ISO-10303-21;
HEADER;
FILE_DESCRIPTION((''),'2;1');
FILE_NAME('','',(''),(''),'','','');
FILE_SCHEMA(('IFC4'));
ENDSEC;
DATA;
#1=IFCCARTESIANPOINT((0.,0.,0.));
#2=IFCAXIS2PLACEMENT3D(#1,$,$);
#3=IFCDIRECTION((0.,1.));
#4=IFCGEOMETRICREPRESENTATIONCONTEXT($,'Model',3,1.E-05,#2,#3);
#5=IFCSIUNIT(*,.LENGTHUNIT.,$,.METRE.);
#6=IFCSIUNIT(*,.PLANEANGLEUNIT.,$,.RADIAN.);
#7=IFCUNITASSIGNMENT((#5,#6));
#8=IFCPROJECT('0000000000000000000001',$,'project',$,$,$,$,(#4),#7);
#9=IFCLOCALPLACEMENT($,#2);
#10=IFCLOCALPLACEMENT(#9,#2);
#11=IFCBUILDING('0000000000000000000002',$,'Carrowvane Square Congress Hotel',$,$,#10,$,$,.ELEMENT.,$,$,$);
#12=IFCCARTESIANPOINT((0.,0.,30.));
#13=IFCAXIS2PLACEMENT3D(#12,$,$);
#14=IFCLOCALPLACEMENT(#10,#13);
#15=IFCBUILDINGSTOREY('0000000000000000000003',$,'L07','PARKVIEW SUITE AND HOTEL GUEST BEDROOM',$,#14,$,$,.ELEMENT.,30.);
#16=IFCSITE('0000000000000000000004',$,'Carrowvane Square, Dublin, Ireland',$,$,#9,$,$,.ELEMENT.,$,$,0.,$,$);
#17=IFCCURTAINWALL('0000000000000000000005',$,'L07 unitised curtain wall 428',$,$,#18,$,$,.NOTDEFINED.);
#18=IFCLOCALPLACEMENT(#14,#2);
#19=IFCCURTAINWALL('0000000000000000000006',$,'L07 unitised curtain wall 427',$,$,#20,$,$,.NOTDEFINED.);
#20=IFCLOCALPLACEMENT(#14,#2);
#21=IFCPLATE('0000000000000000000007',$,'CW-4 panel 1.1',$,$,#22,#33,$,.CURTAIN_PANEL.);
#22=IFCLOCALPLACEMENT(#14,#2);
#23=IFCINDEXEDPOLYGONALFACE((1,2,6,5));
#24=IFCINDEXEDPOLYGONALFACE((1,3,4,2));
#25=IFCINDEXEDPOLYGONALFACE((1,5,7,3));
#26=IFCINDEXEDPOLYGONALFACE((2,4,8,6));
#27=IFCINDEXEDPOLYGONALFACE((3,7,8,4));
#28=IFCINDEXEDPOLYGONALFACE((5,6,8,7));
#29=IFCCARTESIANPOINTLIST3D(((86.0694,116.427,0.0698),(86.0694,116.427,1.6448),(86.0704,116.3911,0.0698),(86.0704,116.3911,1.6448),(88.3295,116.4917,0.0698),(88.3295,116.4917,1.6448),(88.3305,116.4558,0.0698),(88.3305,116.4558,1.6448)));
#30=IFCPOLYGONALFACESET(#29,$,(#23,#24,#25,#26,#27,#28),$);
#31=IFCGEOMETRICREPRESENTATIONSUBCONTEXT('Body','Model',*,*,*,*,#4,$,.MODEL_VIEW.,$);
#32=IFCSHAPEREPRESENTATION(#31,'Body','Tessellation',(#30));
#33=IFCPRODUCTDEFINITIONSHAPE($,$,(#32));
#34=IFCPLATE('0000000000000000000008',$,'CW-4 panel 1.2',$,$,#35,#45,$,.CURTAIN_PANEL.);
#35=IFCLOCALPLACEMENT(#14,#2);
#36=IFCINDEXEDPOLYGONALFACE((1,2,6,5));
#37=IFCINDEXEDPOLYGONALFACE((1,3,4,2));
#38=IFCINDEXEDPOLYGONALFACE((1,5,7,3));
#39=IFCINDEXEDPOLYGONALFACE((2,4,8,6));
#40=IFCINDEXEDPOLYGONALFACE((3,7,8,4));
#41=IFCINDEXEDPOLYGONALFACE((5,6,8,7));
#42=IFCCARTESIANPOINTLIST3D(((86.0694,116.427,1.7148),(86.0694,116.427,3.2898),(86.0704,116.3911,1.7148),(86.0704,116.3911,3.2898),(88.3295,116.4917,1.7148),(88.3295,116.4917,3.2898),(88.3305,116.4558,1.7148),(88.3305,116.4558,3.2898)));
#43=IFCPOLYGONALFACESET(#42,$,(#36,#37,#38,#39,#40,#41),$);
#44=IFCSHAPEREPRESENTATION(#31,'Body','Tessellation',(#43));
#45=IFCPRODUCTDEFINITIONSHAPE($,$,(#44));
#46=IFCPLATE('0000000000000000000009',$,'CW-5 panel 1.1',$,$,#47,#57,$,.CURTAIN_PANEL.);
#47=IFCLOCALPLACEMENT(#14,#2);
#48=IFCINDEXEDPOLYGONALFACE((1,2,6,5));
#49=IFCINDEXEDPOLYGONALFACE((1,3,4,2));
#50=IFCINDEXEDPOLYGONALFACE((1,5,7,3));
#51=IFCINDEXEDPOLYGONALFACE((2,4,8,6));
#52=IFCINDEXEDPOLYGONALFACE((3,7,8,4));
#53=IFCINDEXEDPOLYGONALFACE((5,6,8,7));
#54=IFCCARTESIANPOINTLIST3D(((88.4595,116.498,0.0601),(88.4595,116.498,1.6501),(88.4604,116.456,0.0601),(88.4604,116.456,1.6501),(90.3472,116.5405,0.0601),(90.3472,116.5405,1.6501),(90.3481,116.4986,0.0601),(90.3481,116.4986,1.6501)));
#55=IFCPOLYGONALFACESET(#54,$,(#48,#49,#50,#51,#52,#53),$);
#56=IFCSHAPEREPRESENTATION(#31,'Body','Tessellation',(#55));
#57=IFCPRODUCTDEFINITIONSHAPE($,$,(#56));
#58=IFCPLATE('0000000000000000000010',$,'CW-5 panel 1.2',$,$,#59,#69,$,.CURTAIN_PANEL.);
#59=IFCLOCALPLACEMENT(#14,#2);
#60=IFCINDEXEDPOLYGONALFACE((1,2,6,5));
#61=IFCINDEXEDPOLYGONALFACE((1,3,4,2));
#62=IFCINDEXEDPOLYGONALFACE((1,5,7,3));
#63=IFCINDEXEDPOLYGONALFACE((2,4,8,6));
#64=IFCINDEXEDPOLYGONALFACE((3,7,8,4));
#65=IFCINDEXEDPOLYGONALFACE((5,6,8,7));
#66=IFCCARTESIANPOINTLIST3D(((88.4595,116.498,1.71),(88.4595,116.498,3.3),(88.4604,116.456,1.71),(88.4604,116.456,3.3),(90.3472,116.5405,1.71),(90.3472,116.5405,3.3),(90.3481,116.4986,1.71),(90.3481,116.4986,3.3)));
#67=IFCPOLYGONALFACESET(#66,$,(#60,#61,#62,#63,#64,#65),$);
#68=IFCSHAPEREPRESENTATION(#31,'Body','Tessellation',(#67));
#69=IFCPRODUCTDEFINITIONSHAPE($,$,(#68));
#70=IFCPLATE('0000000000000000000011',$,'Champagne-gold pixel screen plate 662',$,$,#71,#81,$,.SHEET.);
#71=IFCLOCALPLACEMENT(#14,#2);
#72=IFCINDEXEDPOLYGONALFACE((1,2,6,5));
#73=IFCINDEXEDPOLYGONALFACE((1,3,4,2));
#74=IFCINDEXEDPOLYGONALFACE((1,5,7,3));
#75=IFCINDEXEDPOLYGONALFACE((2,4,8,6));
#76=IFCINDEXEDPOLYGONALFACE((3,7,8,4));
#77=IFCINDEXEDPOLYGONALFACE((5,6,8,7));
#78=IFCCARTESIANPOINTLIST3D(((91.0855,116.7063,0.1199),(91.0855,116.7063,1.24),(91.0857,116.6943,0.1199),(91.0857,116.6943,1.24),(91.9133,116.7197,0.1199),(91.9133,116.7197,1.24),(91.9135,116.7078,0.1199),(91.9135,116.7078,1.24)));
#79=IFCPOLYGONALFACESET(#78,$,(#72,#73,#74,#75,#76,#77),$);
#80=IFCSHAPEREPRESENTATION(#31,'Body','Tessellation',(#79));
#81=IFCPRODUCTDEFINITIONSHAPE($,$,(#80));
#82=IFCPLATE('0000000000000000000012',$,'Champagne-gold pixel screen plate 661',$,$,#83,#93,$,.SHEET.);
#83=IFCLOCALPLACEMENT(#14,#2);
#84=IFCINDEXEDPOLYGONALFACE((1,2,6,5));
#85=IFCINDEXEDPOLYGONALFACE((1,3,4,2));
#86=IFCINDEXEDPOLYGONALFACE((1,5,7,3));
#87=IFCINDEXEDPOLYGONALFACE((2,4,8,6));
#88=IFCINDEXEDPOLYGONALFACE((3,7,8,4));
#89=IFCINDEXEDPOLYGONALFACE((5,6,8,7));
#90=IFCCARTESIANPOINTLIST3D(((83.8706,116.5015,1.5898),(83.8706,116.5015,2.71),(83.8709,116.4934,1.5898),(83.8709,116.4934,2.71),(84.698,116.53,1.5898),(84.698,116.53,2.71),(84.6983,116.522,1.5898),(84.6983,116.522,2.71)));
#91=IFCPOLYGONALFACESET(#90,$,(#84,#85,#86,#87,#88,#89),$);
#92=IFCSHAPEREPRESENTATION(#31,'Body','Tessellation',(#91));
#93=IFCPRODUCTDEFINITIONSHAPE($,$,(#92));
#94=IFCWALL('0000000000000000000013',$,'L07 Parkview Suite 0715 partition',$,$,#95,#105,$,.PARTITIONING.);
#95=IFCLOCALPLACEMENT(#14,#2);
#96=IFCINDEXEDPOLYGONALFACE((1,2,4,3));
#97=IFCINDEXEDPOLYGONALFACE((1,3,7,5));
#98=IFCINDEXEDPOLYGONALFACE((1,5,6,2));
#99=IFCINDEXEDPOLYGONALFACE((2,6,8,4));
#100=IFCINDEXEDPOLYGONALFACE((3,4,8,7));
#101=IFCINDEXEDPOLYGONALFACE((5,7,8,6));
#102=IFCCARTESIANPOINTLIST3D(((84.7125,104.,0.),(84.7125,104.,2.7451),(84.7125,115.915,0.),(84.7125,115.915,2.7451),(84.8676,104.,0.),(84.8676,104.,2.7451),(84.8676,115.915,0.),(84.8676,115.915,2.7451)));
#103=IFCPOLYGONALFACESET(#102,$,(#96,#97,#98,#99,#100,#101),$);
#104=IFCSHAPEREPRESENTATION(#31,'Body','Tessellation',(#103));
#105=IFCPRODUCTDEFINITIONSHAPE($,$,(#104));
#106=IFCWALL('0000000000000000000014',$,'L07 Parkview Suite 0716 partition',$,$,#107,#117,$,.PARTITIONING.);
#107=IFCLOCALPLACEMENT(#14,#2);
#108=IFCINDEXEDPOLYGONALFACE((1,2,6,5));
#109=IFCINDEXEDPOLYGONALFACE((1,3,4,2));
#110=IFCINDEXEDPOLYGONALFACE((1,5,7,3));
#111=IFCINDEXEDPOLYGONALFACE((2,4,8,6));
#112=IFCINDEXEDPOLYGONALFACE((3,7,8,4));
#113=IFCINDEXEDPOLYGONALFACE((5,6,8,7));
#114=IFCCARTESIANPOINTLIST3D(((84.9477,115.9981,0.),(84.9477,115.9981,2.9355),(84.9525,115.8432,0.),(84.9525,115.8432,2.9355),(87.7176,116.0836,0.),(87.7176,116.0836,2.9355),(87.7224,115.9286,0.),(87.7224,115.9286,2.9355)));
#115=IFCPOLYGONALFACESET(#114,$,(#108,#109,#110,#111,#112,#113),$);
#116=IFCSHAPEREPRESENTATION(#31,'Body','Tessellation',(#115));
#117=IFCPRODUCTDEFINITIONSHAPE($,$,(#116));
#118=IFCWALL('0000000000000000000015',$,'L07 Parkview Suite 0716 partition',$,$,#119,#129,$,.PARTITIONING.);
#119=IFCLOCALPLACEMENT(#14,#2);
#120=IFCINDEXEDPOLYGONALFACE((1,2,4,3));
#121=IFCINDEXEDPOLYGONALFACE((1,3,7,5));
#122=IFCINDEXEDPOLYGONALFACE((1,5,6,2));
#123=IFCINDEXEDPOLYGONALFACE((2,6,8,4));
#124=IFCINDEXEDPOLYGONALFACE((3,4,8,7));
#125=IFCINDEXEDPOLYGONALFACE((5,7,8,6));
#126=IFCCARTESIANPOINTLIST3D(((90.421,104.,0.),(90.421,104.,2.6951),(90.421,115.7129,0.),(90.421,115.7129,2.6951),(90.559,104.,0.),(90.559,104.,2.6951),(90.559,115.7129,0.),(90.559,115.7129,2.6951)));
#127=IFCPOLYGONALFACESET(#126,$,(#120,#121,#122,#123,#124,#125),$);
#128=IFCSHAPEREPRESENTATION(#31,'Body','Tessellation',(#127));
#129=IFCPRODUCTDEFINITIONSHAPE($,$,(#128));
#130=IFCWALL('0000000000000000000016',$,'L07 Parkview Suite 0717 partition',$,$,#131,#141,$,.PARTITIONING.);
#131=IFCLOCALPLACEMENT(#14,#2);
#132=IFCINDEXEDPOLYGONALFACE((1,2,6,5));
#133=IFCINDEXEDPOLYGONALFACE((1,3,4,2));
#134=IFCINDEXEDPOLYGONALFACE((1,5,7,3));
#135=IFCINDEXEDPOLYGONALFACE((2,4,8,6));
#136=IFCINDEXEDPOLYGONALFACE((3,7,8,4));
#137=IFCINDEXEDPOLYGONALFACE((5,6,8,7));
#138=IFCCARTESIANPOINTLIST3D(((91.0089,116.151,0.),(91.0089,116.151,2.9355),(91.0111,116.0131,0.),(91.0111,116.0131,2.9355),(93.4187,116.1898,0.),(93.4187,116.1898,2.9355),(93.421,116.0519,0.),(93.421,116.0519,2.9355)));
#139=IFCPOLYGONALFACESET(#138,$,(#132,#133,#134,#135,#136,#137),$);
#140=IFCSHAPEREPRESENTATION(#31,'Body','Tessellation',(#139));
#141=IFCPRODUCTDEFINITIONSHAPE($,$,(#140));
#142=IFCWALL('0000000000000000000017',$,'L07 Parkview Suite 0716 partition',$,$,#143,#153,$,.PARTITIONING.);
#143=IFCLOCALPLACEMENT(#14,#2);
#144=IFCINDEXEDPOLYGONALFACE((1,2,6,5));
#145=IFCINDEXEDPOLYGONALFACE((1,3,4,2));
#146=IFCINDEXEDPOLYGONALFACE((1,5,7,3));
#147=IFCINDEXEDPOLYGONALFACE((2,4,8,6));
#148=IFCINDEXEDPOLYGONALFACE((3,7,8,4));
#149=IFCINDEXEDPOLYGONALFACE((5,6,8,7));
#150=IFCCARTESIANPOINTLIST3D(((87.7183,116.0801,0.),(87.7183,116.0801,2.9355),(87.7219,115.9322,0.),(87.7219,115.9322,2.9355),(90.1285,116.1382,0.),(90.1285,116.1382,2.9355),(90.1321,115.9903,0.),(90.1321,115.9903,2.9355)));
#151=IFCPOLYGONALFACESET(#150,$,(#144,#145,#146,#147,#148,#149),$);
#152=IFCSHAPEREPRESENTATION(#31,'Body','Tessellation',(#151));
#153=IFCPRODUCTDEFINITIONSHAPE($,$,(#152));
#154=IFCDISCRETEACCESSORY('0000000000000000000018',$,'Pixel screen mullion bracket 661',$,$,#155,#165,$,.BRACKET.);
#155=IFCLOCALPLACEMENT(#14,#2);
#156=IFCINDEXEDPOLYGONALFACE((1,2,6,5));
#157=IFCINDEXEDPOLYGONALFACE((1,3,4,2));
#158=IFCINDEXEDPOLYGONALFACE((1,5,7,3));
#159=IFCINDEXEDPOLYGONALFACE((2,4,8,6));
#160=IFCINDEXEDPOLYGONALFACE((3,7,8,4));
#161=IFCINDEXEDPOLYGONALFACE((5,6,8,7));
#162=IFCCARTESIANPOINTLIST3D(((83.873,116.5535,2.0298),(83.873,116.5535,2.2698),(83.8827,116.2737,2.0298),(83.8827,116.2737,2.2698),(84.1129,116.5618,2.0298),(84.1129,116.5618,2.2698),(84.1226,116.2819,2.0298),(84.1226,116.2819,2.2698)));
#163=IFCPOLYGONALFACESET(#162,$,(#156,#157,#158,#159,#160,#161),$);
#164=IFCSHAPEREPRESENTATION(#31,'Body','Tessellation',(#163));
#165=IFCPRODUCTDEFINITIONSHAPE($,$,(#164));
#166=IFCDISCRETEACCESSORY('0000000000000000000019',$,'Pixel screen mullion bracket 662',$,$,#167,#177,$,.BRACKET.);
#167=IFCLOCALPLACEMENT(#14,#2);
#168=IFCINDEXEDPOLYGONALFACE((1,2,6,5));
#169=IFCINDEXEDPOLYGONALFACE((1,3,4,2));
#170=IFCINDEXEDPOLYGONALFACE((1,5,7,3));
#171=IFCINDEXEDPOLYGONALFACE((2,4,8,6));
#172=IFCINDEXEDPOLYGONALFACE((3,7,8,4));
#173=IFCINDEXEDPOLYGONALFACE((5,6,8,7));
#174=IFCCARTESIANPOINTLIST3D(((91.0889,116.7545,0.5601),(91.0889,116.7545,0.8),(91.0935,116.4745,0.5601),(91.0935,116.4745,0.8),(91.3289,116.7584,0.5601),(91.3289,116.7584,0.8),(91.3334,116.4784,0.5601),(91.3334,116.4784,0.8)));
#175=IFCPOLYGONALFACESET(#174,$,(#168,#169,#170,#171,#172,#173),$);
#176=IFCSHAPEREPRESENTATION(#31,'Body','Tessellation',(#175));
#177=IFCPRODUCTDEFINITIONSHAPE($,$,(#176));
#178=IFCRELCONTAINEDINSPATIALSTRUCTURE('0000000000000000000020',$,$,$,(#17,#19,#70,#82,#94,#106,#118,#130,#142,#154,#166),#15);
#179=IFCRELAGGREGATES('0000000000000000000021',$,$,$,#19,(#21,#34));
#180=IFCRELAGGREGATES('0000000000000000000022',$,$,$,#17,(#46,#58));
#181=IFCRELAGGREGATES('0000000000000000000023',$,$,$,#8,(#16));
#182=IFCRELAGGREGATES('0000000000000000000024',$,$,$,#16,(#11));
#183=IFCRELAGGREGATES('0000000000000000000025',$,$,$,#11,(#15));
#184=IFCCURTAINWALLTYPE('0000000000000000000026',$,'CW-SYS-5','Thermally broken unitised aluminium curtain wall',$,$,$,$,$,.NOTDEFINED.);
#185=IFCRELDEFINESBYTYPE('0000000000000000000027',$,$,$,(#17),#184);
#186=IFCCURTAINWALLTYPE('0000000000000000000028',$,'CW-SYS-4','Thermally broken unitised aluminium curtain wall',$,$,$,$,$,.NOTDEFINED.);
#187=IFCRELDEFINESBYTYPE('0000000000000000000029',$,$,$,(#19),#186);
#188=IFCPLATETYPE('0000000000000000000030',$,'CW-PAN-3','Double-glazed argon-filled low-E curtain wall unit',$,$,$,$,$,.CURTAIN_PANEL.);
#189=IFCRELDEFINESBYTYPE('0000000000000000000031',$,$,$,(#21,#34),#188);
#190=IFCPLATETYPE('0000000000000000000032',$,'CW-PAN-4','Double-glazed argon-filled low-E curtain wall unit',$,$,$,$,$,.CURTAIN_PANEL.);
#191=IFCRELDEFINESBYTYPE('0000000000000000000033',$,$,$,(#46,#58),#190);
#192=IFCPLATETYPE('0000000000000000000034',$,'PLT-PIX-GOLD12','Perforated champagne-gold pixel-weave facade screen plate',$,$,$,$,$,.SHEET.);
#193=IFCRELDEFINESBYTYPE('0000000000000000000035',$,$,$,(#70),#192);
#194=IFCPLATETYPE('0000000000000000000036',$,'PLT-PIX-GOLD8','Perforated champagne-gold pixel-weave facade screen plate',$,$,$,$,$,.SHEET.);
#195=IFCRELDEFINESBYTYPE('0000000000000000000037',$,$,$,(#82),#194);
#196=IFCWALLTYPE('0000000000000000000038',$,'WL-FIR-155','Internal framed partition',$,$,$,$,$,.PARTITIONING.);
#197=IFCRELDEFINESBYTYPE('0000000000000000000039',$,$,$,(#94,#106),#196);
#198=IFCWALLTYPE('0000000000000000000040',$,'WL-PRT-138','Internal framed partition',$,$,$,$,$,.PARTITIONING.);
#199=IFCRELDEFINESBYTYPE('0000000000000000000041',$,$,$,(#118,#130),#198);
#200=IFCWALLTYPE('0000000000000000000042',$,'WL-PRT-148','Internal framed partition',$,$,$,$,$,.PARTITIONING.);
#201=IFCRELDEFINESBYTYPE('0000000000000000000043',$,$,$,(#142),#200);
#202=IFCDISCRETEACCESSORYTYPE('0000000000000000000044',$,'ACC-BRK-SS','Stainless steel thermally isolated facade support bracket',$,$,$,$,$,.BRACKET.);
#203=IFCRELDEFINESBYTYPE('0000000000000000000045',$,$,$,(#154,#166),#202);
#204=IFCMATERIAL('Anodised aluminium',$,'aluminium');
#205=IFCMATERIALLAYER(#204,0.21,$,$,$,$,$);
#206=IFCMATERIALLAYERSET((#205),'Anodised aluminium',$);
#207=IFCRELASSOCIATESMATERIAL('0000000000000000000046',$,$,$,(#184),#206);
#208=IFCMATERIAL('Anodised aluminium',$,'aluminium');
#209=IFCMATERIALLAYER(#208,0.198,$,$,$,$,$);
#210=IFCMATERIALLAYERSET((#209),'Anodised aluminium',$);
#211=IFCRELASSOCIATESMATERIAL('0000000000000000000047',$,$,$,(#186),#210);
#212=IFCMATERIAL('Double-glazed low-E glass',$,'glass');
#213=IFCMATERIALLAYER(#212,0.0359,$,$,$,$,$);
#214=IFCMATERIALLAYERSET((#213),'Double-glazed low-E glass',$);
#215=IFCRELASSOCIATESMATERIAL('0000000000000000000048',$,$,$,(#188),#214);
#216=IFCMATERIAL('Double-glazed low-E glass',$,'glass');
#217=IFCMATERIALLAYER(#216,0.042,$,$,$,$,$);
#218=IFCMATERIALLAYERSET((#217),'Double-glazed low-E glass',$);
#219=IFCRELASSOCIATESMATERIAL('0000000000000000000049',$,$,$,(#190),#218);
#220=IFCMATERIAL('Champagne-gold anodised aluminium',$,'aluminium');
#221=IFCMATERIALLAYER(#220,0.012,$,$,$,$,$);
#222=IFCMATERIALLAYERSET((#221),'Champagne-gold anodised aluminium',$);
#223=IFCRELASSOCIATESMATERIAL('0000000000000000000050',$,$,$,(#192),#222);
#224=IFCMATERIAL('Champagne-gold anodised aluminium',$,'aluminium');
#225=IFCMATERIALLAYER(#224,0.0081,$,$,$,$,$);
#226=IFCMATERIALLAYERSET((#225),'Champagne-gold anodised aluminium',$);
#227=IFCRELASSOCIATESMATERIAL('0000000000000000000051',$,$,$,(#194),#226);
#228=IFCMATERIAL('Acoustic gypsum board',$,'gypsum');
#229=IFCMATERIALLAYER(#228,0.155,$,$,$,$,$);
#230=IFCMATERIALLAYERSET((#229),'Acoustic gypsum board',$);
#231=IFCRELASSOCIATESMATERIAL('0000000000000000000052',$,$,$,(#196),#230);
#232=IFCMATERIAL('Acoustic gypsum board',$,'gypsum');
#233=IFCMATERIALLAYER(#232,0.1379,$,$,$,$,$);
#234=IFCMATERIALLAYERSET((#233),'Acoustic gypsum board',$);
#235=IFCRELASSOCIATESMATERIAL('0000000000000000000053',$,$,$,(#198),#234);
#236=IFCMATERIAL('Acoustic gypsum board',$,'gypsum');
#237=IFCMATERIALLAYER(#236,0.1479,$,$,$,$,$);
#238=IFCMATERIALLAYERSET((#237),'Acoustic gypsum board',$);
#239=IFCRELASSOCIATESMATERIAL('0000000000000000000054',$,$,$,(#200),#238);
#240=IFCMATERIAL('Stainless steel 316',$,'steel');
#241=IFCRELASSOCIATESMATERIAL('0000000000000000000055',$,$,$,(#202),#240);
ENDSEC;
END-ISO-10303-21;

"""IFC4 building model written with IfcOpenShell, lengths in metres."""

from ifc_helpers import new_model, si_unit, direction, frame, frame_2d, origin, origin_2d, place, context, subcontext, project, spatial, rectangle, extrude, material, layer, layer_set, type_object, element, aggregate, save


model = new_model("IFC4")

# Units and contexts
model_context = context("Model", 3, precision=1e-05, world=origin(), true_north=direction((0.0, 1.0)))
body_context = subcontext(model_context, "Body", "Model", "MODEL_VIEW")
ifc_project = project(units=[si_unit("LENGTHUNIT", "METRE"), si_unit("PLANEANGLEUNIT", "RADIAN")], contexts=[model_context])

# Site, building, storey
site_placement = place(None, origin())
site = spatial("IfcSite", under=ifc_project, at=site_placement, Name="Carrowvane Square, Dublin, Ireland", CompositionType="ELEMENT", RefElevation=0.0)
building_placement = place(site_placement, origin())
building = spatial("IfcBuilding", under=site, at=building_placement, Name="Carrowvane Square Congress Hotel", CompositionType="ELEMENT")
storey_placement = place(building_placement, frame((0.0, 0.0, 30.0)))
storey = spatial("IfcBuildingStorey", under=building, at=storey_placement, Name="L07", Description="PARKVIEW SUITE AND HOTEL GUEST BEDROOM", CompositionType="ELEMENT", Elevation=30.0)

# Curtain walls
ifc_material_1 = material(Name="Anodised aluminium", Category="aluminium")
ifc_layer_1 = layer(ifc_material_1, 0.21)
ifc_layer_set_1 = layer_set([ifc_layer_1], Name="Anodised aluminium")
curtain_wall_type_1 = type_object("IfcCurtainWallType", Name="CW-SYS-5", Description="Thermally broken unitised aluminium curtain wall", PredefinedType="NOTDEFINED", material=ifc_layer_set_1)
curtain_wall_1_placement = place(storey_placement, origin())
curtain_wall_1 = element("IfcCurtainWall", 1, at=curtain_wall_1_placement, inside=storey, type_object=curtain_wall_type_1, Name="L07 unitised curtain wall 428", PredefinedType="NOTDEFINED")
ifc_material_2 = material(Name="Anodised aluminium", Category="aluminium")
ifc_layer_2 = layer(ifc_material_2, 0.198)
ifc_layer_set_2 = layer_set([ifc_layer_2], Name="Anodised aluminium")
curtain_wall_type_2 = type_object("IfcCurtainWallType", Name="CW-SYS-4", Description="Thermally broken unitised aluminium curtain wall", PredefinedType="NOTDEFINED", material=ifc_layer_set_2)
curtain_wall_2_placement = place(storey_placement, origin())
curtain_wall_2 = element("IfcCurtainWall", 2, at=curtain_wall_2_placement, inside=storey, type_object=curtain_wall_type_2, Name="L07 unitised curtain wall 427", PredefinedType="NOTDEFINED")

# Plates
ifc_material_3 = material(Name="Double-glazed low-E glass", Category="glass")
ifc_layer_3 = layer(ifc_material_3, 0.0359)
ifc_layer_set_3 = layer_set([ifc_layer_3], Name="Double-glazed low-E glass")
plate_type_1 = type_object("IfcPlateType", Name="CW-PAN-3", Description="Double-glazed argon-filled low-E curtain wall unit", PredefinedType="CURTAIN_PANEL", material=ifc_layer_set_3)
plate_1_placement = place(storey_placement, frame((87.2, 116.4414, 0.0698), z_axis=(0.0, 0.0, 1.0), x_axis=(0.99959, 0.028638, 0.0)))
plate_1 = element("IfcPlate", 3, at=plate_1_placement, type_object=plate_type_1, Name="CW-4 panel 1.1", PredefinedType="CURTAIN_PANEL", context=body_context, shape_type="SweptSolid", body=[
    extrude(rectangle(XDim=2.261, YDim=0.0359, at=origin_2d()), origin(), (0.0, 0.0, 1.0), 1.575),
])
plate_2_placement = place(storey_placement, frame((87.2, 116.4414, 1.7148), z_axis=(0.0, 0.0, 1.0), x_axis=(0.99959, 0.028638, 0.0)))
plate_2 = element("IfcPlate", 4, at=plate_2_placement, type_object=plate_type_1, Name="CW-4 panel 1.2", PredefinedType="CURTAIN_PANEL", context=body_context, shape_type="SweptSolid", body=[
    extrude(rectangle(XDim=2.261, YDim=0.0359, at=origin_2d()), origin(), (0.0, 0.0, 1.0), 1.575),
])
aggregate(curtain_wall_2, [plate_1, plate_2])
ifc_material_4 = material(Name="Double-glazed low-E glass", Category="glass")
ifc_layer_4 = layer(ifc_material_4, 0.042)
ifc_layer_set_4 = layer_set([ifc_layer_4], Name="Double-glazed low-E glass")
plate_type_2 = type_object("IfcPlateType", Name="CW-PAN-4", Description="Double-glazed argon-filled low-E curtain wall unit", PredefinedType="CURTAIN_PANEL", material=ifc_layer_set_4)
plate_3_placement = place(storey_placement, frame((89.4038, 116.4983, 0.0601), z_axis=(0.0, 0.0, 1.0), x_axis=(0.999746, 0.022518, 0.0)))
plate_3 = element("IfcPlate", 5, at=plate_3_placement, type_object=plate_type_2, Name="CW-5 panel 1.1", PredefinedType="CURTAIN_PANEL", context=body_context, shape_type="SweptSolid", body=[
    extrude(rectangle(XDim=1.8882, YDim=0.042, at=origin_2d()), origin(), (0.0, 0.0, 1.0), 1.5901),
])
plate_4_placement = place(storey_placement, frame((89.4038, 116.4983, 1.71), z_axis=(0.0, 0.0, 1.0), x_axis=(0.999746, 0.022518, 0.0)))
plate_4 = element("IfcPlate", 6, at=plate_4_placement, type_object=plate_type_2, Name="CW-5 panel 1.2", PredefinedType="CURTAIN_PANEL", context=body_context, shape_type="SweptSolid", body=[
    extrude(rectangle(XDim=1.8882, YDim=0.042, at=origin_2d()), origin(), (0.0, 0.0, 1.0), 1.5901),
])
aggregate(curtain_wall_1, [plate_3, plate_4])

# Plates
ifc_material_5 = material(Name="Champagne-gold anodised aluminium", Category="aluminium")
ifc_layer_5 = layer(ifc_material_5, 0.012)
ifc_layer_set_5 = layer_set([ifc_layer_5], Name="Champagne-gold anodised aluminium")
plate_type_3 = type_object("IfcPlateType", Name="PLT-PIX-GOLD12", Description="Perforated champagne-gold pixel-weave facade screen plate", PredefinedType="SHEET", material=ifc_layer_set_5)
plate_5_placement = place(storey_placement, frame((91.4995, 116.707, 0.1199), z_axis=(0.0, 0.0, 1.0), x_axis=(0.999869, 0.016216, 0.0)))
element("IfcPlate", 7, at=plate_5_placement, inside=storey, type_object=plate_type_3, Name="Champagne-gold pixel screen plate 662", PredefinedType="SHEET", context=body_context, shape_type="SweptSolid", body=[
    extrude(rectangle(XDim=0.8279, YDim=0.012, at=origin_2d()), origin(), (0.0, 0.0, 1.0), 1.1201),
])
ifc_material_6 = material(Name="Champagne-gold anodised aluminium", Category="aluminium")
ifc_layer_6 = layer(ifc_material_6, 0.0081)
ifc_layer_set_6 = layer_set([ifc_layer_6], Name="Champagne-gold anodised aluminium")
plate_type_4 = type_object("IfcPlateType", Name="PLT-PIX-GOLD8", Description="Perforated champagne-gold pixel-weave facade screen plate", PredefinedType="SHEET", material=ifc_layer_set_6)
plate_6_placement = place(storey_placement, frame((84.2844, 116.5117, 1.5898), z_axis=(0.0, 0.0, 1.0), x_axis=(0.999404, 0.034527, 0.0)))
element("IfcPlate", 8, at=plate_6_placement, inside=storey, type_object=plate_type_4, Name="Champagne-gold pixel screen plate 661", PredefinedType="SHEET", context=body_context, shape_type="SweptSolid", body=[
    extrude(rectangle(XDim=0.8279, YDim=0.0081, at=origin_2d()), origin(), (0.0, 0.0, 1.0), 1.1201),
])

# Walls
ifc_material_7 = material(Name="Acoustic gypsum board", Category="gypsum")
ifc_layer_7 = layer(ifc_material_7, 0.155)
ifc_layer_set_7 = layer_set([ifc_layer_7], Name="Acoustic gypsum board")
wall_type_1 = type_object("IfcWallType", Name="WL-FIR-155", Description="Internal framed partition", PredefinedType="PARTITIONING", material=ifc_layer_set_7)
wall_1_placement = place(storey_placement, frame((84.79, 115.915, 0.0), z_axis=(0.0, 0.0, 1.0), x_axis=(0.0, -1.0, 0.0)))
element("IfcWall", 9, at=wall_1_placement, inside=storey, type_object=wall_type_1, Name="L07 Parkview Suite 0715 partition", PredefinedType="PARTITIONING", context=body_context, shape_type="SweptSolid", body=[
    extrude(rectangle(XDim=11.915, YDim=0.155, at=frame_2d((5.9575, 0.0))), origin(), (0.0, 0.0, 1.0), 2.7451),
])
wall_2_placement = place(storey_placement, frame((84.95, 115.9207, 0.0), z_axis=(0.0, 0.0, 1.0), x_axis=(0.999525, 0.030833, 0.0)))
element("IfcWall", 10, at=wall_2_placement, inside=storey, type_object=wall_type_1, Name="L07 Parkview Suite 0716 partition", PredefinedType="PARTITIONING", context=body_context, shape_type="SweptSolid", body=[
    extrude(rectangle(XDim=2.7712, YDim=0.155, at=frame_2d((1.3857, 0.0))), origin(), (0.0, 0.0, 1.0), 2.9355),
])
ifc_material_8 = material(Name="Acoustic gypsum board", Category="gypsum")
ifc_layer_8 = layer(ifc_material_8, 0.1379)
ifc_layer_set_8 = layer_set([ifc_layer_8], Name="Acoustic gypsum board")
wall_type_2 = type_object("IfcWallType", Name="WL-PRT-138", Description="Internal framed partition", PredefinedType="PARTITIONING", material=ifc_layer_set_8)
wall_3_placement = place(storey_placement, frame((90.49, 115.7129, 0.0), z_axis=(0.0, 0.0, 1.0), x_axis=(0.0, -1.0, 0.0)))
element("IfcWall", 11, at=wall_3_placement, inside=storey, type_object=wall_type_2, Name="L07 Parkview Suite 0716 partition", PredefinedType="PARTITIONING", context=body_context, shape_type="SweptSolid", body=[
    extrude(rectangle(XDim=11.7129, YDim=0.1379, at=frame_2d((5.8564, 0.0))), origin(), (0.0, 0.0, 1.0), 2.6951),
])
wall_4_placement = place(storey_placement, frame((91.01, 116.082, 0.0), z_axis=(0.0, 0.0, 1.0), x_axis=(0.99987, 0.016106, 0.0)))
element("IfcWall", 12, at=wall_4_placement, inside=storey, type_object=wall_type_2, Name="L07 Parkview Suite 0717 partition", PredefinedType="PARTITIONING", context=body_context, shape_type="SweptSolid", body=[
    extrude(rectangle(XDim=2.4102, YDim=0.1379, at=frame_2d((1.2051, 0.0))), origin(), (0.0, 0.0, 1.0), 2.9355),
])
ifc_material_9 = material(Name="Acoustic gypsum board", Category="gypsum")
ifc_layer_9 = layer(ifc_material_9, 0.1479)
ifc_layer_set_9 = layer_set([ifc_layer_9], Name="Acoustic gypsum board")
wall_type_3 = type_object("IfcWallType", Name="WL-PRT-148", Description="Internal framed partition", PredefinedType="PARTITIONING", material=ifc_layer_set_9)
wall_5_placement = place(storey_placement, frame((87.72, 116.0061, 0.0), z_axis=(0.0, 0.0, 1.0), x_axis=(0.99971, 0.024102, 0.0)))
element("IfcWall", 13, at=wall_5_placement, inside=storey, type_object=wall_type_3, Name="L07 Parkview Suite 0716 partition", PredefinedType="PARTITIONING", context=body_context, shape_type="SweptSolid", body=[
    extrude(rectangle(XDim=2.4109, YDim=0.1479, at=frame_2d((1.2056, 0.0))), origin(), (0.0, 0.0, 1.0), 2.9355),
])

# Discrete accessories
ifc_material_10 = material(Name="Stainless steel 316", Category="steel")
discrete_accessory_type = type_object("IfcDiscreteAccessoryType", Name="ACC-BRK-SS", Description="Stainless steel thermally isolated facade support bracket", PredefinedType="BRACKET", material=ifc_material_10)
for number, where, z_axis, x_axis, name in (
    (14, (83.9978, 116.4177, 2.0298), (0.0, 0.0, 1.0), (0.999404, 0.034527, 0.0), "Pixel screen mullion bracket 661"),
    (15, (91.2112, 116.6165, 0.5601), (0.0, 0.0, 1.0), (0.999869, 0.016216, 0.0), "Pixel screen mullion bracket 662"),
):
    element("IfcDiscreteAccessory", number, at=place(storey_placement, frame(where, z_axis=z_axis, x_axis=x_axis)), inside=storey, type_object=discrete_accessory_type, Name=name, PredefinedType="BRACKET", context=body_context, shape_type="SweptSolid", body=[
        extrude(rectangle(XDim=0.24, YDim=0.28, at=origin_2d()), origin(), (0.0, 0.0, 1.0), 0.24),
    ])

save(model, "model.ifc")
